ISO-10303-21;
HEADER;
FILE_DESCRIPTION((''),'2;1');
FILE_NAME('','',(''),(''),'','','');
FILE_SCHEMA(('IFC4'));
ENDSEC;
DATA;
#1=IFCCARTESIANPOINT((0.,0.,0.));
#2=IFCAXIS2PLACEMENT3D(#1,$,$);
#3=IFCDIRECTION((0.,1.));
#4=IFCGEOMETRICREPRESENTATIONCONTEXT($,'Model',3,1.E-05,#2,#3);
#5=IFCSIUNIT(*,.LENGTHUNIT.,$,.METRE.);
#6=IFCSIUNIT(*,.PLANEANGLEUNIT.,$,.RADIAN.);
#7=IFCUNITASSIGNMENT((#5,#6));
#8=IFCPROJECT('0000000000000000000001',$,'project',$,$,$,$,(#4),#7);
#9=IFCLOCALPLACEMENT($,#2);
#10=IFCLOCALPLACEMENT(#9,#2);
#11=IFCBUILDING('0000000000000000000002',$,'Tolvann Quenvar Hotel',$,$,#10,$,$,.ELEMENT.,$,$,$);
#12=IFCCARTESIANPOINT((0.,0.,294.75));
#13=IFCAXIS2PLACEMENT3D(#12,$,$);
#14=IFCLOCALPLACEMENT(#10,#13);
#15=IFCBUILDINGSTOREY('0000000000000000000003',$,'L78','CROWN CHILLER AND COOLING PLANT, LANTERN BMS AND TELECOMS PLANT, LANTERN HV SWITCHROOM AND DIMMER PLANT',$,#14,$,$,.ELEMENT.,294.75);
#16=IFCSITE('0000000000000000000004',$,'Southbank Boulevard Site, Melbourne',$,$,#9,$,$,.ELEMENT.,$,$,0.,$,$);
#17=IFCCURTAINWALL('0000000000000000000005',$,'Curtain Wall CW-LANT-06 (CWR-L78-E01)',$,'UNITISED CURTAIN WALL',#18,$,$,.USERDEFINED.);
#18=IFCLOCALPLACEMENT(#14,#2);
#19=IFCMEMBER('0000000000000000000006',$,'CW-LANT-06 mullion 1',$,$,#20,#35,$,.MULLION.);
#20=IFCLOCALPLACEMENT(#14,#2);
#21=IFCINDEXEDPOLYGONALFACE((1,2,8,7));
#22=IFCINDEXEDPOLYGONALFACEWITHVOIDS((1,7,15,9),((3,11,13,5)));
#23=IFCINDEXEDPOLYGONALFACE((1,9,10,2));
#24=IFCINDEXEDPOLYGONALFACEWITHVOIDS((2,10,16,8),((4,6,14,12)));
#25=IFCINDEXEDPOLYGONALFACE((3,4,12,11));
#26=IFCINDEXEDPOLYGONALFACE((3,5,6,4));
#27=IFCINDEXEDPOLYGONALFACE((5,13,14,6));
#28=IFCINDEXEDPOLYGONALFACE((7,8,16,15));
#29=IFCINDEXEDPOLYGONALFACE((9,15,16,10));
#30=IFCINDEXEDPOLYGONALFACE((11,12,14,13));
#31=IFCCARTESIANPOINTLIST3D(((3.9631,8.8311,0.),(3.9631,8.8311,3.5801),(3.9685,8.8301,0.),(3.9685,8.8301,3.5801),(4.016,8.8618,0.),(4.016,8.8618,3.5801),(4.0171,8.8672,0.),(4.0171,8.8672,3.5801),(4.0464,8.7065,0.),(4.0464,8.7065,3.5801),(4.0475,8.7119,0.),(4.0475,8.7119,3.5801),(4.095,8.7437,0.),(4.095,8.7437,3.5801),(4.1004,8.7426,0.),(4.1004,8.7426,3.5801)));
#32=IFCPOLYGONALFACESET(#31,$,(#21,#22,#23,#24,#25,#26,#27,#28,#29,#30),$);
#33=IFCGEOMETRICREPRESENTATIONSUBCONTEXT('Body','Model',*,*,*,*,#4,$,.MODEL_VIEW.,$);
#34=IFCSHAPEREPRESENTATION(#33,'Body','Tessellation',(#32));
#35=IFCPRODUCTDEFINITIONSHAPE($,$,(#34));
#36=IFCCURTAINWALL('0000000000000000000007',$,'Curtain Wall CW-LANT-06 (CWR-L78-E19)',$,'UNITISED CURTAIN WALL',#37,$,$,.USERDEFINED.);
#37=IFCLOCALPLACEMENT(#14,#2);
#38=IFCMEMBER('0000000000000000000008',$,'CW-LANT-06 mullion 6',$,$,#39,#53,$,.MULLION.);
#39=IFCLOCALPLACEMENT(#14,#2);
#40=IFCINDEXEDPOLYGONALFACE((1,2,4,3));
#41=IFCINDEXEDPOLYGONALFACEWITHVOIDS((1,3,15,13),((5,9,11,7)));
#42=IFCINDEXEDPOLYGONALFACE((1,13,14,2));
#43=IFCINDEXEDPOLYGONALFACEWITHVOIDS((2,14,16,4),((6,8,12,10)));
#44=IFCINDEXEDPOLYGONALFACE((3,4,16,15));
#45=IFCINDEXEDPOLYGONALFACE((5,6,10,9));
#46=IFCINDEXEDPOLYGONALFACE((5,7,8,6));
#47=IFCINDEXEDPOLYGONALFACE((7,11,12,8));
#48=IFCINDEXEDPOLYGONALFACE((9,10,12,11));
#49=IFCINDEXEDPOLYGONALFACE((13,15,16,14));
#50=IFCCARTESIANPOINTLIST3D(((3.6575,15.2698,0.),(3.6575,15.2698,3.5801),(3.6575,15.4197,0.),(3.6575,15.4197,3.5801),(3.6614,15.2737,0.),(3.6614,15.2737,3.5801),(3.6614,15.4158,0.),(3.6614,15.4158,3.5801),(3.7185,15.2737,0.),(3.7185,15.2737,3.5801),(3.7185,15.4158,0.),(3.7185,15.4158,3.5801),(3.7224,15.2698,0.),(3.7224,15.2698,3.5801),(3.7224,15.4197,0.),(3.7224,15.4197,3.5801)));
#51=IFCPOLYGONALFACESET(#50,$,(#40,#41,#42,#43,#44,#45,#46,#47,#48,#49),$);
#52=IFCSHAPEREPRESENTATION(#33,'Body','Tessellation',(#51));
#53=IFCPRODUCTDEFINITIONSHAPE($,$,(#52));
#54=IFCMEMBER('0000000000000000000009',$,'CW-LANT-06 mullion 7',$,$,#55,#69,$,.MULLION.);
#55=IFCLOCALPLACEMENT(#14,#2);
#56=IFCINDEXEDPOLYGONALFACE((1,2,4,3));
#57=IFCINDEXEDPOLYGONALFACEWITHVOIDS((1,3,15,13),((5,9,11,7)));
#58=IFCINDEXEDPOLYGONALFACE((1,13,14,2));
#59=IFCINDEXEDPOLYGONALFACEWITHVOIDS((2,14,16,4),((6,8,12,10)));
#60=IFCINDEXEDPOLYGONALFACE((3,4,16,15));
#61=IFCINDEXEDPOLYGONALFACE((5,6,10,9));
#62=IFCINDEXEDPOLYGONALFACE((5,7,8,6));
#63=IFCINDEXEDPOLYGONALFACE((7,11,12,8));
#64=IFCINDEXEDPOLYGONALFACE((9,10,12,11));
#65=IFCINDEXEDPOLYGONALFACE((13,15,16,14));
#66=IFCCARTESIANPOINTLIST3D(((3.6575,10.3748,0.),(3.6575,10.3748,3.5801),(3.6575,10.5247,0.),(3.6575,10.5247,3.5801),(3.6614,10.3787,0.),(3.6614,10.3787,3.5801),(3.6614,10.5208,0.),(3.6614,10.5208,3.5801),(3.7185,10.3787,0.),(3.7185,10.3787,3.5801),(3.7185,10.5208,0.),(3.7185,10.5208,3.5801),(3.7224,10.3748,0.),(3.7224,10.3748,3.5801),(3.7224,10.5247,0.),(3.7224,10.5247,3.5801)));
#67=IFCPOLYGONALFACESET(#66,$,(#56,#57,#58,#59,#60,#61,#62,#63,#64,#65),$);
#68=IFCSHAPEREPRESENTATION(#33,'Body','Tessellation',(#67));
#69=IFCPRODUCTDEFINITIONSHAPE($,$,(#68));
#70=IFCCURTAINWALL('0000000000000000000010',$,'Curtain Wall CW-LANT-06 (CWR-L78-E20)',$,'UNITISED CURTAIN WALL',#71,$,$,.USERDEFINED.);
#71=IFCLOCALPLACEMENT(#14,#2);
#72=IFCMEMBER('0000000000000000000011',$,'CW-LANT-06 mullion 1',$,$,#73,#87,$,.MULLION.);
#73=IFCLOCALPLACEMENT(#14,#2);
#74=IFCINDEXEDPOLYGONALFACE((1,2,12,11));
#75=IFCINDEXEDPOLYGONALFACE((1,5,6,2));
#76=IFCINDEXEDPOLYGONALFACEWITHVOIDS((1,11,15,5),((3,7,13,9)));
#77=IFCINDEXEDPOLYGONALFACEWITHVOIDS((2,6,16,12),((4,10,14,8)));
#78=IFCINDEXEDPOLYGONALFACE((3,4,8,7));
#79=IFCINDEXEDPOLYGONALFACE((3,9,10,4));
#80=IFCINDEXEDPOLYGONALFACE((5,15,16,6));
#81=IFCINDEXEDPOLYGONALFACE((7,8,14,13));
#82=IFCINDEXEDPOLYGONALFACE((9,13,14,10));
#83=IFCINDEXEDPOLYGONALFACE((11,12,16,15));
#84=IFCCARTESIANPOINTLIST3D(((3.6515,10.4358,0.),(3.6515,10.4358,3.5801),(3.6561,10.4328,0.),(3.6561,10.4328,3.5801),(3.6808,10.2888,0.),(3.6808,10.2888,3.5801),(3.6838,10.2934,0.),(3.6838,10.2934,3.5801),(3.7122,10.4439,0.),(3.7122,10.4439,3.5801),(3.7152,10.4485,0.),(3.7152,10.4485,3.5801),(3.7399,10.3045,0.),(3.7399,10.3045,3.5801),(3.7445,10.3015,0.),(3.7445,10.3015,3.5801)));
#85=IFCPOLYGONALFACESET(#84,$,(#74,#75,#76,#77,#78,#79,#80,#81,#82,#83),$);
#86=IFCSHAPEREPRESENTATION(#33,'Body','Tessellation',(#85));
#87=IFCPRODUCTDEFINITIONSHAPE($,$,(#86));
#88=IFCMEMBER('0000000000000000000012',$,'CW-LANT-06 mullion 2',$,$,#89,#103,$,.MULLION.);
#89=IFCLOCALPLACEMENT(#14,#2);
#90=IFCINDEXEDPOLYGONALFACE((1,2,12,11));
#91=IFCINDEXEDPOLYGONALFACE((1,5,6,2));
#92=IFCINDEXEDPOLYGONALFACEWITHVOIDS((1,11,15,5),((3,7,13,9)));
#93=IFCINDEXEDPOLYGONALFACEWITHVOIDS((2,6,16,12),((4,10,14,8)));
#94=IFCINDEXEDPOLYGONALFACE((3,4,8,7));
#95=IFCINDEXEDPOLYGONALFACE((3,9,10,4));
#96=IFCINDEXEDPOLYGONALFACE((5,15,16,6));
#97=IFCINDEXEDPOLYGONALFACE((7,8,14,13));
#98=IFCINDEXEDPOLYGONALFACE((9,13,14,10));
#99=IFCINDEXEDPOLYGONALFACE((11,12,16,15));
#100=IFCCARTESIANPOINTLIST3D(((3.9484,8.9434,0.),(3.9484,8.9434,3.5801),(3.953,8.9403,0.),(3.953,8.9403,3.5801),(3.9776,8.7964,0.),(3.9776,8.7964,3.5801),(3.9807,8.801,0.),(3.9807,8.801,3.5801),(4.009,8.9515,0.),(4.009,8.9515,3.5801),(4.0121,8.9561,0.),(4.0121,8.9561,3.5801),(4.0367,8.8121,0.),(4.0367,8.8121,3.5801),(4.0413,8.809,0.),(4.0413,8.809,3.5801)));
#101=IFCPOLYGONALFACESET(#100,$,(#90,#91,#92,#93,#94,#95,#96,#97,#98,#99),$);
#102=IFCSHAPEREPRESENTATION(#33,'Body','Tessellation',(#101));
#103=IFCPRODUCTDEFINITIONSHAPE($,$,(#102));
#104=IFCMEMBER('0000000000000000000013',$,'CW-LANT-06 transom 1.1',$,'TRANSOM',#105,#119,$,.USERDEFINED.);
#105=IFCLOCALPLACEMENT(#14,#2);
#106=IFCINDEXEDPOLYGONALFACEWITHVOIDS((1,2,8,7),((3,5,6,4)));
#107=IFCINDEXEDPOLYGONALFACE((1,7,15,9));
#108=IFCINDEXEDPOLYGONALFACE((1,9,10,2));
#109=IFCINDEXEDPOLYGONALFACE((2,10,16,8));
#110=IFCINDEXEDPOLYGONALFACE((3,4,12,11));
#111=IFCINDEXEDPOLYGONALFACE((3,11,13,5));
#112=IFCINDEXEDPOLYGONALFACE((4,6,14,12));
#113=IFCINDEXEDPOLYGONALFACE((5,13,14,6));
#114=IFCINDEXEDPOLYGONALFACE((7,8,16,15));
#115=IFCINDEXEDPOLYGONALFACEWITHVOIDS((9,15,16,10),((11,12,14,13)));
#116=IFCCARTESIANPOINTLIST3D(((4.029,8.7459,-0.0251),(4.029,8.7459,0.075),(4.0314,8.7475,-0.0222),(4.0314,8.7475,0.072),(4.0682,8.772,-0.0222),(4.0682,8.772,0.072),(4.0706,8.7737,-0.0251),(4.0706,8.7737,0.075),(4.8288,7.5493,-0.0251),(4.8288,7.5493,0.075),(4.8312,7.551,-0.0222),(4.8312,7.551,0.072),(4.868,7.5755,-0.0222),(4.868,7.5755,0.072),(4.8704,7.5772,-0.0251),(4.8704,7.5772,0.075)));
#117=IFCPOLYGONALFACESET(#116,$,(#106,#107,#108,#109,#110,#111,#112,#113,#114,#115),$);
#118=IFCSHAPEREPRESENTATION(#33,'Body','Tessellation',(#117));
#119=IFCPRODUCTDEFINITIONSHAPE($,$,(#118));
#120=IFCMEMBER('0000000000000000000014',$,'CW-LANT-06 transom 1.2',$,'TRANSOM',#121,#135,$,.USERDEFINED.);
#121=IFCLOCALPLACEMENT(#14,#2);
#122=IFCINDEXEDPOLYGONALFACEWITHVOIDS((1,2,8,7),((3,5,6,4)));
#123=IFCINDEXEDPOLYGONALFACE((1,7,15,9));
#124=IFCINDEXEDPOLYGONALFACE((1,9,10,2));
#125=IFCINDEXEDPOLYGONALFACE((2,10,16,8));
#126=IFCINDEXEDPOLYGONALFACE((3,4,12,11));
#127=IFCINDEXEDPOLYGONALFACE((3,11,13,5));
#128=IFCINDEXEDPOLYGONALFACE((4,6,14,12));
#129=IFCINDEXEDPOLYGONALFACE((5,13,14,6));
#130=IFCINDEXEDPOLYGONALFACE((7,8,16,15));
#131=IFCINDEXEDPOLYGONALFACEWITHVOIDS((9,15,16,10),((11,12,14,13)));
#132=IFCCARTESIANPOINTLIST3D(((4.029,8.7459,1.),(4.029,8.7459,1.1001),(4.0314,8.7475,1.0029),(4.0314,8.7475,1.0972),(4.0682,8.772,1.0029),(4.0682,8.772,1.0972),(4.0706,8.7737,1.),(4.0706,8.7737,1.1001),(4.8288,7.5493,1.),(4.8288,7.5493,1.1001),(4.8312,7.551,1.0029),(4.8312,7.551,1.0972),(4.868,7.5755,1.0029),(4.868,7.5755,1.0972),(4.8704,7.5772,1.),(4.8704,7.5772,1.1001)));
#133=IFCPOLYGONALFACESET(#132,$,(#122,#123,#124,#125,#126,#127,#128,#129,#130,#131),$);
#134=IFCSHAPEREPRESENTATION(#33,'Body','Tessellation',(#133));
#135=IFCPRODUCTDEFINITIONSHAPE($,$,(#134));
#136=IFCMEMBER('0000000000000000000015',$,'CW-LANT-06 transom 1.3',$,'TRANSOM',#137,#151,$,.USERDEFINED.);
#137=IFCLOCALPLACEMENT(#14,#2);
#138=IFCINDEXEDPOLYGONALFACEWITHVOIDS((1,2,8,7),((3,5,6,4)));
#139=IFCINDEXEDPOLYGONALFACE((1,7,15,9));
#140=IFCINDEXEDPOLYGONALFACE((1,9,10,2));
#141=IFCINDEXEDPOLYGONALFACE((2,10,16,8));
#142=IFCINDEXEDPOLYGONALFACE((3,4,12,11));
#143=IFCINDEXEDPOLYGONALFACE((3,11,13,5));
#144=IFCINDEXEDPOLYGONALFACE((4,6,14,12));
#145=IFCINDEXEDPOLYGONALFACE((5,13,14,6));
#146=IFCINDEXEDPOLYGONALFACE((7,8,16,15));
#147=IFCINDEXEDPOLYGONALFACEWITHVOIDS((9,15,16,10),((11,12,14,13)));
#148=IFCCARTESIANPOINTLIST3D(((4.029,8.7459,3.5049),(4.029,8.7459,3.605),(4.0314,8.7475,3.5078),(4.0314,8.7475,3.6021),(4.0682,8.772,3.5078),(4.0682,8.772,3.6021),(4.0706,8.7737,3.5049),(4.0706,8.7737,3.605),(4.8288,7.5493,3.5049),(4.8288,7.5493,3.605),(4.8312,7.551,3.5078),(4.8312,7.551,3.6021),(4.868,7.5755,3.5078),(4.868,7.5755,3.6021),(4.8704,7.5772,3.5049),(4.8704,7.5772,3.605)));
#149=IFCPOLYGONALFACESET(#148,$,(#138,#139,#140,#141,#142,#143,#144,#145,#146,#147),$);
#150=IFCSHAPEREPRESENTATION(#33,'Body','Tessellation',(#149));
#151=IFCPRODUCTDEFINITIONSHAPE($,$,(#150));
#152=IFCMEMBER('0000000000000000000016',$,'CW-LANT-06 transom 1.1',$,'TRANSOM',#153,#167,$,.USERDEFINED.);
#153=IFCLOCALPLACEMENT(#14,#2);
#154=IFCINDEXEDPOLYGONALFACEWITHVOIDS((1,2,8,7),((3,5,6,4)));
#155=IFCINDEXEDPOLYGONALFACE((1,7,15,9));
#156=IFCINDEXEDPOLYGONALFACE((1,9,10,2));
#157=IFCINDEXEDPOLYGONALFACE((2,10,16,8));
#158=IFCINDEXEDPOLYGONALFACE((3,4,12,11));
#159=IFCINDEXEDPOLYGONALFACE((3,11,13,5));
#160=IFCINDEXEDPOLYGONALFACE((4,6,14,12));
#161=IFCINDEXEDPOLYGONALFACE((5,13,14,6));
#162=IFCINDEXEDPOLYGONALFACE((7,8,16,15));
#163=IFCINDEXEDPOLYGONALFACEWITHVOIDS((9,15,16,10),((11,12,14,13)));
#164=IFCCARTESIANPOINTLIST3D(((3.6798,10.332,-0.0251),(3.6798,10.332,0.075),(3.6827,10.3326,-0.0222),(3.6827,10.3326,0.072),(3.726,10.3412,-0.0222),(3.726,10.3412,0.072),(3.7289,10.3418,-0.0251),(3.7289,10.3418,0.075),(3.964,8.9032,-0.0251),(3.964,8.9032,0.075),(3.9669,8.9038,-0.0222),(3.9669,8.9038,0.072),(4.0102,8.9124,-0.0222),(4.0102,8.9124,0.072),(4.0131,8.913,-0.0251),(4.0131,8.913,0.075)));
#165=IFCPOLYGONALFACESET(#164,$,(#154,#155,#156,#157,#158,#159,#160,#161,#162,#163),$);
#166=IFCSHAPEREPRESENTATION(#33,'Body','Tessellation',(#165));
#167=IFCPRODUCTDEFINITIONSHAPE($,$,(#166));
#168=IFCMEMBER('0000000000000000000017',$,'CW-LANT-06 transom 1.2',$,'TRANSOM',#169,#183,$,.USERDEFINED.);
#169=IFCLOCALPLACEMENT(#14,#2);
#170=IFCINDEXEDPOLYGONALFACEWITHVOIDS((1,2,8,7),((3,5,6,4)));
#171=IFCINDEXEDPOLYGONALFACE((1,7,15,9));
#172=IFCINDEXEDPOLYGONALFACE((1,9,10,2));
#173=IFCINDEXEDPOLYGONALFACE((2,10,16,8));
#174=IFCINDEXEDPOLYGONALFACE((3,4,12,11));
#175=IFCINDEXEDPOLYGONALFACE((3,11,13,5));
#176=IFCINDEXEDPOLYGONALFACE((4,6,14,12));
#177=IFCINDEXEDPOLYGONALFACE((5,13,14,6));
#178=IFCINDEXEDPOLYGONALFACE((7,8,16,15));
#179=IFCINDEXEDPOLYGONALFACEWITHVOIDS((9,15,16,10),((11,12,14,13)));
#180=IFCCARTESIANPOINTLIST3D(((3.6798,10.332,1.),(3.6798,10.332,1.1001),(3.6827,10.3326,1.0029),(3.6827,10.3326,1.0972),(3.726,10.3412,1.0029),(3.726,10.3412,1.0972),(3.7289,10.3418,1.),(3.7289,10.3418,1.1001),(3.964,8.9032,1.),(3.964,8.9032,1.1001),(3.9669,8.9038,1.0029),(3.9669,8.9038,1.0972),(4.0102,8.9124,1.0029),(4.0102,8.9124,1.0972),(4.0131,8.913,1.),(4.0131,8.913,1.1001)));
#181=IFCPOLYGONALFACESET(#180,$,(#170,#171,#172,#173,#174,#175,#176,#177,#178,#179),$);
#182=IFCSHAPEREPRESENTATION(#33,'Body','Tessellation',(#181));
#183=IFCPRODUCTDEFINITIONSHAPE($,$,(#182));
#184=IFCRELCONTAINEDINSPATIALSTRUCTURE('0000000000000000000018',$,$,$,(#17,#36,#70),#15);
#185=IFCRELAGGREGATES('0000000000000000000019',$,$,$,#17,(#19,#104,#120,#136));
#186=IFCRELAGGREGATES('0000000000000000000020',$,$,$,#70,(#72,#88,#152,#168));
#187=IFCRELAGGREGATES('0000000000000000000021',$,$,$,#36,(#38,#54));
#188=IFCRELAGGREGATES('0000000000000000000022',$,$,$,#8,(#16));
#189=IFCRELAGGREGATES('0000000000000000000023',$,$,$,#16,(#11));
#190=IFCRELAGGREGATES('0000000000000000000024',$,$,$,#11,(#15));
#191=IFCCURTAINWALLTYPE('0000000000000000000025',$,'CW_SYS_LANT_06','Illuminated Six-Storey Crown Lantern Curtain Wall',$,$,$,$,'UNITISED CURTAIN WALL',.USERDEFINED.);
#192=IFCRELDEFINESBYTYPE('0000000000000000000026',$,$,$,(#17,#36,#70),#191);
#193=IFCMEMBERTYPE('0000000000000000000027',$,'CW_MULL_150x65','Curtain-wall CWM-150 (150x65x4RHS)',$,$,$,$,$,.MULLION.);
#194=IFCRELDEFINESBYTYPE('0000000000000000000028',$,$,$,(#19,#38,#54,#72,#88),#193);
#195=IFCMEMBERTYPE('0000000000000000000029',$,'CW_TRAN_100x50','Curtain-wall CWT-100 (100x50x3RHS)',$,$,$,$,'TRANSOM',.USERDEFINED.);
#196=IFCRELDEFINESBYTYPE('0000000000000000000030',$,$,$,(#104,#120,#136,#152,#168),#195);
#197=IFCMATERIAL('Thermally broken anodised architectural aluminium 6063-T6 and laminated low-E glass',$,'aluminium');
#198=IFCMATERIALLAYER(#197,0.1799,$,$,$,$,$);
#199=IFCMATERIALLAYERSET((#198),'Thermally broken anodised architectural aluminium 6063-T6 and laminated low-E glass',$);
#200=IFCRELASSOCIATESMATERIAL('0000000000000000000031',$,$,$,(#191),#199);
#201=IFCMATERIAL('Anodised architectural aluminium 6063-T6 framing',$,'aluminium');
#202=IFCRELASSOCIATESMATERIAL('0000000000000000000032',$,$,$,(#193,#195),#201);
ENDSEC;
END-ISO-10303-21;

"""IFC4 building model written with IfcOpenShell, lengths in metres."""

from ifc_helpers import new_model, si_unit, direction, frame, origin, origin_2d, place, context, subcontext, project, spatial, hollow_rectangle, extrude, source, transform, mapped, material, layer, layer_set, material_profile, profile_set, type_object, type_shapes, element, aggregate, save


model = new_model("IFC4")

# Units and contexts
model_context = context("Model", 3, precision=1e-05, world=origin(), true_north=direction((0.0, 1.0)))
body_context = subcontext(model_context, "Body", "Model", "MODEL_VIEW")
ifc_project = project(units=[si_unit("LENGTHUNIT", "METRE"), si_unit("PLANEANGLEUNIT", "RADIAN")], contexts=[model_context])

# Site, building, storey
site_placement = place(None, origin())
site = spatial("IfcSite", under=ifc_project, at=site_placement, Name="Southbank Boulevard Site, Melbourne", CompositionType="ELEMENT", RefElevation=0.0)
building_placement = place(site_placement, origin())
building = spatial("IfcBuilding", under=site, at=building_placement, Name="Tolvann Quenvar Hotel", CompositionType="ELEMENT")
storey_placement = place(building_placement, frame((0.0, 0.0, 294.75)))
storey = spatial("IfcBuildingStorey", under=building, at=storey_placement, Name="L78", Description="CROWN CHILLER AND COOLING PLANT, LANTERN BMS AND TELECOMS PLANT, LANTERN HV SWITCHROOM AND DIMMER PLANT", CompositionType="ELEMENT", Elevation=294.75)

# Curtain wall, member
ifc_material_1 = material(Name="Thermally broken anodised architectural aluminium 6063-T6 and laminated low-E glass", Category="aluminium")
ifc_layer_1 = layer(ifc_material_1, 0.1799)
ifc_layer_set_1 = layer_set([ifc_layer_1], Name="Thermally broken anodised architectural aluminium 6063-T6 and laminated low-E glass")
curtain_wall_type = type_object("IfcCurtainWallType", Name="CW_SYS_LANT_06", Description="Illuminated Six-Storey Crown Lantern Curtain Wall", ElementType="UNITISED CURTAIN WALL", PredefinedType="USERDEFINED", material=ifc_layer_set_1)
curtain_wall_1_placement = place(storey_placement, origin())
curtain_wall_1 = element("IfcCurtainWall", 1, at=curtain_wall_1_placement, inside=storey, type_object=curtain_wall_type, Name="Curtain Wall CW-LANT-06 (CWR-L78-E01)", ObjectType="UNITISED CURTAIN WALL", PredefinedType="USERDEFINED")
ifc_material_2 = material(Name="Anodised architectural aluminium 6063-T6 framing", Category="aluminium")
ifc_material_profile_1 = material_profile(ifc_material_2, hollow_rectangle(XDim=0.0649, YDim=0.1499, WallThickness=0.0039, at=origin_2d()), Name="150x65x4RHS")
ifc_profile_set_1 = profile_set([ifc_material_profile_1], Name="Anodised architectural aluminium 6063-T6 framing")
member_type_1 = type_object("IfcMemberType", Name="CW_MULL_150x65", Description="Curtain-wall CWM-150 (150x65x4RHS)", PredefinedType="MULLION", material=ifc_profile_set_1)
shared_shape_1 = source(origin(), body_context, "Body", "SweptSolid", [
    extrude(hollow_rectangle(XDim=0.0649, YDim=0.1499, WallThickness=0.0039, at=origin_2d()), origin(), (0.0, 0.0, 1.0), 3.5801),
])
type_shapes(member_type_1, [shared_shape_1])
member_1_placement = place(storey_placement, frame((4.0317, 8.7869, 0.0), z_axis=(0.0, 0.0, 1.0), x_axis=(0.831412, 0.555656, 0.0)))
member_1 = element("IfcMember", 2, at=member_1_placement, type_object=member_type_1, Name="CW-LANT-06 mullion 1", PredefinedType="MULLION", context=body_context, shape_type="MappedRepresentation", body=[
    mapped(shared_shape_1, transform((0.0, 0.0, 0.0), x_axis=(1.0, 0.0, 0.0), y_axis=(0.0, 1.0, 0.0), z_axis=(0.0, 0.0, 1.0), scale=1.0)),
])

# Curtain walls, members
curtain_wall_2_placement = place(storey_placement, origin())
curtain_wall_2 = element("IfcCurtainWall", 3, at=curtain_wall_2_placement, inside=storey, type_object=curtain_wall_type, Name="Curtain Wall CW-LANT-06 (CWR-L78-E19)", ObjectType="UNITISED CURTAIN WALL", PredefinedType="USERDEFINED")
member_2_placement = place(storey_placement, frame((3.6899, 15.3447, 0.0), z_axis=(0.0, 0.0, 1.0), x_axis=(1.0, 0.0, 0.0)))
member_2 = element("IfcMember", 4, at=member_2_placement, type_object=member_type_1, Name="CW-LANT-06 mullion 6", PredefinedType="MULLION", context=body_context, shape_type="MappedRepresentation", body=[
    mapped(shared_shape_1, transform((0.0, 0.0, 0.0), x_axis=(1.0, 0.0, 0.0), y_axis=(0.0, 1.0, 0.0), z_axis=(0.0, 0.0, 1.0), scale=1.0)),
])
member_3_placement = place(storey_placement, frame((3.6899, 10.4497, 0.0), z_axis=(0.0, 0.0, 1.0), x_axis=(1.0, 0.0, 0.0)))
member_3 = element("IfcMember", 5, at=member_3_placement, type_object=member_type_1, Name="CW-LANT-06 mullion 7", PredefinedType="MULLION", context=body_context, shape_type="MappedRepresentation", body=[
    mapped(shared_shape_1, transform((0.0, 0.0, 0.0), x_axis=(1.0, 0.0, 0.0), y_axis=(0.0, 1.0, 0.0), z_axis=(0.0, 0.0, 1.0), scale=1.0)),
])
curtain_wall_3_placement = place(storey_placement, origin())
curtain_wall_3 = element("IfcCurtainWall", 6, at=curtain_wall_3_placement, inside=storey, type_object=curtain_wall_type, Name="Curtain Wall CW-LANT-06 (CWR-L78-E20)", ObjectType="UNITISED CURTAIN WALL", PredefinedType="USERDEFINED")
member_4_placement = place(storey_placement, frame((3.698, 10.3687, 0.0), z_axis=(0.0, 0.0, 1.0), x_axis=(0.980791, 0.195062, 0.0)))
member_4 = element("IfcMember", 7, at=member_4_placement, type_object=member_type_1, Name="CW-LANT-06 mullion 1", PredefinedType="MULLION", context=body_context, shape_type="MappedRepresentation", body=[
    mapped(shared_shape_1, transform((0.0, 0.0, 0.0), x_axis=(1.0, 0.0, 0.0), y_axis=(0.0, 1.0, 0.0), z_axis=(0.0, 0.0, 1.0), scale=1.0)),
])
member_5_placement = place(storey_placement, frame((3.9949, 8.8762, 0.0), z_axis=(0.0, 0.0, 1.0), x_axis=(0.980791, 0.195062, 0.0)))
member_5 = element("IfcMember", 8, at=member_5_placement, type_object=member_type_1, Name="CW-LANT-06 mullion 2", PredefinedType="MULLION", context=body_context, shape_type="MappedRepresentation", body=[
    mapped(shared_shape_1, transform((0.0, 0.0, 0.0), x_axis=(1.0, 0.0, 0.0), y_axis=(0.0, 1.0, 0.0), z_axis=(0.0, 0.0, 1.0), scale=1.0)),
])

# Members
ifc_material_profile_2 = material_profile(ifc_material_2, hollow_rectangle(XDim=0.05, YDim=0.1001, WallThickness=0.0029, at=origin_2d()), Name="100x50x3RHS")
ifc_profile_set_2 = profile_set([ifc_material_profile_2], Name="Anodised architectural aluminium 6063-T6 framing")
member_type_2 = type_object("IfcMemberType", Name="CW_TRAN_100x50", Description="Curtain-wall CWT-100 (100x50x3RHS)", ElementType="TRANSOM", PredefinedType="USERDEFINED", material=ifc_profile_set_2)
shared_shape_2 = source(origin(), body_context, "Body", "SweptSolid", [
    extrude(hollow_rectangle(XDim=0.05, YDim=0.1001, WallThickness=0.0029, at=origin_2d()), origin(), (0.0, 0.0, 1.0), 1.4392),
])
member_6_placement = place(storey_placement, frame((4.0498, 8.7598, 0.0249), z_axis=(0.555718, -0.831371, 0.0), x_axis=(0.831371, 0.555718, 0.0)))
member_6 = element("IfcMember", 9, at=member_6_placement, type_object=member_type_2, Name="CW-LANT-06 transom 1.1", ObjectType="TRANSOM", PredefinedType="USERDEFINED", context=body_context, shape_type="MappedRepresentation", body=[
    mapped(shared_shape_2, transform((0.0, 0.0, 0.0), x_axis=(1.0, 0.0, 0.0), y_axis=(0.0, 1.0, 0.0), z_axis=(0.0, 0.0, 1.0), scale=1.0)),
])
member_7_placement = place(storey_placement, frame((4.0498, 8.7598, 1.05), z_axis=(0.555718, -0.831371, 0.0), x_axis=(0.831371, 0.555718, 0.0)))
member_7 = element("IfcMember", 10, at=member_7_placement, type_object=member_type_2, Name="CW-LANT-06 transom 1.2", ObjectType="TRANSOM", PredefinedType="USERDEFINED", context=body_context, shape_type="MappedRepresentation", body=[
    mapped(shared_shape_2, transform((0.0, 0.0, 0.0), x_axis=(1.0, 0.0, 0.0), y_axis=(0.0, 1.0, 0.0), z_axis=(0.0, 0.0, 1.0), scale=1.0)),
])
member_8_placement = place(storey_placement, frame((4.0498, 8.7598, 3.5549), z_axis=(0.555718, -0.831371, 0.0), x_axis=(0.831371, 0.555718, 0.0)))
member_8 = element("IfcMember", 11, at=member_8_placement, type_object=member_type_2, Name="CW-LANT-06 transom 1.3", ObjectType="TRANSOM", PredefinedType="USERDEFINED", context=body_context, shape_type="MappedRepresentation", body=[
    mapped(shared_shape_2, transform((0.0, 0.0, 0.0), x_axis=(1.0, 0.0, 0.0), y_axis=(0.0, 1.0, 0.0), z_axis=(0.0, 0.0, 1.0), scale=1.0)),
])
aggregate(curtain_wall_1, [member_1, member_6, member_7, member_8])
shared_shape_3 = source(origin(), body_context, "Body", "SweptSolid", [
    extrude(hollow_rectangle(XDim=0.05, YDim=0.1001, WallThickness=0.0029, at=origin_2d()), origin(), (0.0, 0.0, 1.0), 1.4568),
])
member_9_placement = place(storey_placement, frame((3.7043, 10.3369, 0.0249), z_axis=(0.195085, -0.980786, 0.0), x_axis=(0.980786, 0.195085, 0.0)))
member_9 = element("IfcMember", 12, at=member_9_placement, type_object=member_type_2, Name="CW-LANT-06 transom 1.1", ObjectType="TRANSOM", PredefinedType="USERDEFINED", context=body_context, shape_type="MappedRepresentation", body=[
    mapped(shared_shape_3, transform((0.0, 0.0, 0.0), x_axis=(1.0, 0.0, 0.0), y_axis=(0.0, 1.0, 0.0), z_axis=(0.0, 0.0, 1.0), scale=1.0)),
])
member_10_placement = place(storey_placement, frame((3.7043, 10.3369, 1.05), z_axis=(0.195085, -0.980786, 0.0), x_axis=(0.980786, 0.195085, 0.0)))
member_10 = element("IfcMember", 13, at=member_10_placement, type_object=member_type_2, Name="CW-LANT-06 transom 1.2", ObjectType="TRANSOM", PredefinedType="USERDEFINED", context=body_context, shape_type="MappedRepresentation", body=[
    mapped(shared_shape_3, transform((0.0, 0.0, 0.0), x_axis=(1.0, 0.0, 0.0), y_axis=(0.0, 1.0, 0.0), z_axis=(0.0, 0.0, 1.0), scale=1.0)),
])

aggregate(curtain_wall_3, [member_4, member_5, member_9, member_10])
aggregate(curtain_wall_2, [member_2, member_3])

save(model, "model.ifc")
